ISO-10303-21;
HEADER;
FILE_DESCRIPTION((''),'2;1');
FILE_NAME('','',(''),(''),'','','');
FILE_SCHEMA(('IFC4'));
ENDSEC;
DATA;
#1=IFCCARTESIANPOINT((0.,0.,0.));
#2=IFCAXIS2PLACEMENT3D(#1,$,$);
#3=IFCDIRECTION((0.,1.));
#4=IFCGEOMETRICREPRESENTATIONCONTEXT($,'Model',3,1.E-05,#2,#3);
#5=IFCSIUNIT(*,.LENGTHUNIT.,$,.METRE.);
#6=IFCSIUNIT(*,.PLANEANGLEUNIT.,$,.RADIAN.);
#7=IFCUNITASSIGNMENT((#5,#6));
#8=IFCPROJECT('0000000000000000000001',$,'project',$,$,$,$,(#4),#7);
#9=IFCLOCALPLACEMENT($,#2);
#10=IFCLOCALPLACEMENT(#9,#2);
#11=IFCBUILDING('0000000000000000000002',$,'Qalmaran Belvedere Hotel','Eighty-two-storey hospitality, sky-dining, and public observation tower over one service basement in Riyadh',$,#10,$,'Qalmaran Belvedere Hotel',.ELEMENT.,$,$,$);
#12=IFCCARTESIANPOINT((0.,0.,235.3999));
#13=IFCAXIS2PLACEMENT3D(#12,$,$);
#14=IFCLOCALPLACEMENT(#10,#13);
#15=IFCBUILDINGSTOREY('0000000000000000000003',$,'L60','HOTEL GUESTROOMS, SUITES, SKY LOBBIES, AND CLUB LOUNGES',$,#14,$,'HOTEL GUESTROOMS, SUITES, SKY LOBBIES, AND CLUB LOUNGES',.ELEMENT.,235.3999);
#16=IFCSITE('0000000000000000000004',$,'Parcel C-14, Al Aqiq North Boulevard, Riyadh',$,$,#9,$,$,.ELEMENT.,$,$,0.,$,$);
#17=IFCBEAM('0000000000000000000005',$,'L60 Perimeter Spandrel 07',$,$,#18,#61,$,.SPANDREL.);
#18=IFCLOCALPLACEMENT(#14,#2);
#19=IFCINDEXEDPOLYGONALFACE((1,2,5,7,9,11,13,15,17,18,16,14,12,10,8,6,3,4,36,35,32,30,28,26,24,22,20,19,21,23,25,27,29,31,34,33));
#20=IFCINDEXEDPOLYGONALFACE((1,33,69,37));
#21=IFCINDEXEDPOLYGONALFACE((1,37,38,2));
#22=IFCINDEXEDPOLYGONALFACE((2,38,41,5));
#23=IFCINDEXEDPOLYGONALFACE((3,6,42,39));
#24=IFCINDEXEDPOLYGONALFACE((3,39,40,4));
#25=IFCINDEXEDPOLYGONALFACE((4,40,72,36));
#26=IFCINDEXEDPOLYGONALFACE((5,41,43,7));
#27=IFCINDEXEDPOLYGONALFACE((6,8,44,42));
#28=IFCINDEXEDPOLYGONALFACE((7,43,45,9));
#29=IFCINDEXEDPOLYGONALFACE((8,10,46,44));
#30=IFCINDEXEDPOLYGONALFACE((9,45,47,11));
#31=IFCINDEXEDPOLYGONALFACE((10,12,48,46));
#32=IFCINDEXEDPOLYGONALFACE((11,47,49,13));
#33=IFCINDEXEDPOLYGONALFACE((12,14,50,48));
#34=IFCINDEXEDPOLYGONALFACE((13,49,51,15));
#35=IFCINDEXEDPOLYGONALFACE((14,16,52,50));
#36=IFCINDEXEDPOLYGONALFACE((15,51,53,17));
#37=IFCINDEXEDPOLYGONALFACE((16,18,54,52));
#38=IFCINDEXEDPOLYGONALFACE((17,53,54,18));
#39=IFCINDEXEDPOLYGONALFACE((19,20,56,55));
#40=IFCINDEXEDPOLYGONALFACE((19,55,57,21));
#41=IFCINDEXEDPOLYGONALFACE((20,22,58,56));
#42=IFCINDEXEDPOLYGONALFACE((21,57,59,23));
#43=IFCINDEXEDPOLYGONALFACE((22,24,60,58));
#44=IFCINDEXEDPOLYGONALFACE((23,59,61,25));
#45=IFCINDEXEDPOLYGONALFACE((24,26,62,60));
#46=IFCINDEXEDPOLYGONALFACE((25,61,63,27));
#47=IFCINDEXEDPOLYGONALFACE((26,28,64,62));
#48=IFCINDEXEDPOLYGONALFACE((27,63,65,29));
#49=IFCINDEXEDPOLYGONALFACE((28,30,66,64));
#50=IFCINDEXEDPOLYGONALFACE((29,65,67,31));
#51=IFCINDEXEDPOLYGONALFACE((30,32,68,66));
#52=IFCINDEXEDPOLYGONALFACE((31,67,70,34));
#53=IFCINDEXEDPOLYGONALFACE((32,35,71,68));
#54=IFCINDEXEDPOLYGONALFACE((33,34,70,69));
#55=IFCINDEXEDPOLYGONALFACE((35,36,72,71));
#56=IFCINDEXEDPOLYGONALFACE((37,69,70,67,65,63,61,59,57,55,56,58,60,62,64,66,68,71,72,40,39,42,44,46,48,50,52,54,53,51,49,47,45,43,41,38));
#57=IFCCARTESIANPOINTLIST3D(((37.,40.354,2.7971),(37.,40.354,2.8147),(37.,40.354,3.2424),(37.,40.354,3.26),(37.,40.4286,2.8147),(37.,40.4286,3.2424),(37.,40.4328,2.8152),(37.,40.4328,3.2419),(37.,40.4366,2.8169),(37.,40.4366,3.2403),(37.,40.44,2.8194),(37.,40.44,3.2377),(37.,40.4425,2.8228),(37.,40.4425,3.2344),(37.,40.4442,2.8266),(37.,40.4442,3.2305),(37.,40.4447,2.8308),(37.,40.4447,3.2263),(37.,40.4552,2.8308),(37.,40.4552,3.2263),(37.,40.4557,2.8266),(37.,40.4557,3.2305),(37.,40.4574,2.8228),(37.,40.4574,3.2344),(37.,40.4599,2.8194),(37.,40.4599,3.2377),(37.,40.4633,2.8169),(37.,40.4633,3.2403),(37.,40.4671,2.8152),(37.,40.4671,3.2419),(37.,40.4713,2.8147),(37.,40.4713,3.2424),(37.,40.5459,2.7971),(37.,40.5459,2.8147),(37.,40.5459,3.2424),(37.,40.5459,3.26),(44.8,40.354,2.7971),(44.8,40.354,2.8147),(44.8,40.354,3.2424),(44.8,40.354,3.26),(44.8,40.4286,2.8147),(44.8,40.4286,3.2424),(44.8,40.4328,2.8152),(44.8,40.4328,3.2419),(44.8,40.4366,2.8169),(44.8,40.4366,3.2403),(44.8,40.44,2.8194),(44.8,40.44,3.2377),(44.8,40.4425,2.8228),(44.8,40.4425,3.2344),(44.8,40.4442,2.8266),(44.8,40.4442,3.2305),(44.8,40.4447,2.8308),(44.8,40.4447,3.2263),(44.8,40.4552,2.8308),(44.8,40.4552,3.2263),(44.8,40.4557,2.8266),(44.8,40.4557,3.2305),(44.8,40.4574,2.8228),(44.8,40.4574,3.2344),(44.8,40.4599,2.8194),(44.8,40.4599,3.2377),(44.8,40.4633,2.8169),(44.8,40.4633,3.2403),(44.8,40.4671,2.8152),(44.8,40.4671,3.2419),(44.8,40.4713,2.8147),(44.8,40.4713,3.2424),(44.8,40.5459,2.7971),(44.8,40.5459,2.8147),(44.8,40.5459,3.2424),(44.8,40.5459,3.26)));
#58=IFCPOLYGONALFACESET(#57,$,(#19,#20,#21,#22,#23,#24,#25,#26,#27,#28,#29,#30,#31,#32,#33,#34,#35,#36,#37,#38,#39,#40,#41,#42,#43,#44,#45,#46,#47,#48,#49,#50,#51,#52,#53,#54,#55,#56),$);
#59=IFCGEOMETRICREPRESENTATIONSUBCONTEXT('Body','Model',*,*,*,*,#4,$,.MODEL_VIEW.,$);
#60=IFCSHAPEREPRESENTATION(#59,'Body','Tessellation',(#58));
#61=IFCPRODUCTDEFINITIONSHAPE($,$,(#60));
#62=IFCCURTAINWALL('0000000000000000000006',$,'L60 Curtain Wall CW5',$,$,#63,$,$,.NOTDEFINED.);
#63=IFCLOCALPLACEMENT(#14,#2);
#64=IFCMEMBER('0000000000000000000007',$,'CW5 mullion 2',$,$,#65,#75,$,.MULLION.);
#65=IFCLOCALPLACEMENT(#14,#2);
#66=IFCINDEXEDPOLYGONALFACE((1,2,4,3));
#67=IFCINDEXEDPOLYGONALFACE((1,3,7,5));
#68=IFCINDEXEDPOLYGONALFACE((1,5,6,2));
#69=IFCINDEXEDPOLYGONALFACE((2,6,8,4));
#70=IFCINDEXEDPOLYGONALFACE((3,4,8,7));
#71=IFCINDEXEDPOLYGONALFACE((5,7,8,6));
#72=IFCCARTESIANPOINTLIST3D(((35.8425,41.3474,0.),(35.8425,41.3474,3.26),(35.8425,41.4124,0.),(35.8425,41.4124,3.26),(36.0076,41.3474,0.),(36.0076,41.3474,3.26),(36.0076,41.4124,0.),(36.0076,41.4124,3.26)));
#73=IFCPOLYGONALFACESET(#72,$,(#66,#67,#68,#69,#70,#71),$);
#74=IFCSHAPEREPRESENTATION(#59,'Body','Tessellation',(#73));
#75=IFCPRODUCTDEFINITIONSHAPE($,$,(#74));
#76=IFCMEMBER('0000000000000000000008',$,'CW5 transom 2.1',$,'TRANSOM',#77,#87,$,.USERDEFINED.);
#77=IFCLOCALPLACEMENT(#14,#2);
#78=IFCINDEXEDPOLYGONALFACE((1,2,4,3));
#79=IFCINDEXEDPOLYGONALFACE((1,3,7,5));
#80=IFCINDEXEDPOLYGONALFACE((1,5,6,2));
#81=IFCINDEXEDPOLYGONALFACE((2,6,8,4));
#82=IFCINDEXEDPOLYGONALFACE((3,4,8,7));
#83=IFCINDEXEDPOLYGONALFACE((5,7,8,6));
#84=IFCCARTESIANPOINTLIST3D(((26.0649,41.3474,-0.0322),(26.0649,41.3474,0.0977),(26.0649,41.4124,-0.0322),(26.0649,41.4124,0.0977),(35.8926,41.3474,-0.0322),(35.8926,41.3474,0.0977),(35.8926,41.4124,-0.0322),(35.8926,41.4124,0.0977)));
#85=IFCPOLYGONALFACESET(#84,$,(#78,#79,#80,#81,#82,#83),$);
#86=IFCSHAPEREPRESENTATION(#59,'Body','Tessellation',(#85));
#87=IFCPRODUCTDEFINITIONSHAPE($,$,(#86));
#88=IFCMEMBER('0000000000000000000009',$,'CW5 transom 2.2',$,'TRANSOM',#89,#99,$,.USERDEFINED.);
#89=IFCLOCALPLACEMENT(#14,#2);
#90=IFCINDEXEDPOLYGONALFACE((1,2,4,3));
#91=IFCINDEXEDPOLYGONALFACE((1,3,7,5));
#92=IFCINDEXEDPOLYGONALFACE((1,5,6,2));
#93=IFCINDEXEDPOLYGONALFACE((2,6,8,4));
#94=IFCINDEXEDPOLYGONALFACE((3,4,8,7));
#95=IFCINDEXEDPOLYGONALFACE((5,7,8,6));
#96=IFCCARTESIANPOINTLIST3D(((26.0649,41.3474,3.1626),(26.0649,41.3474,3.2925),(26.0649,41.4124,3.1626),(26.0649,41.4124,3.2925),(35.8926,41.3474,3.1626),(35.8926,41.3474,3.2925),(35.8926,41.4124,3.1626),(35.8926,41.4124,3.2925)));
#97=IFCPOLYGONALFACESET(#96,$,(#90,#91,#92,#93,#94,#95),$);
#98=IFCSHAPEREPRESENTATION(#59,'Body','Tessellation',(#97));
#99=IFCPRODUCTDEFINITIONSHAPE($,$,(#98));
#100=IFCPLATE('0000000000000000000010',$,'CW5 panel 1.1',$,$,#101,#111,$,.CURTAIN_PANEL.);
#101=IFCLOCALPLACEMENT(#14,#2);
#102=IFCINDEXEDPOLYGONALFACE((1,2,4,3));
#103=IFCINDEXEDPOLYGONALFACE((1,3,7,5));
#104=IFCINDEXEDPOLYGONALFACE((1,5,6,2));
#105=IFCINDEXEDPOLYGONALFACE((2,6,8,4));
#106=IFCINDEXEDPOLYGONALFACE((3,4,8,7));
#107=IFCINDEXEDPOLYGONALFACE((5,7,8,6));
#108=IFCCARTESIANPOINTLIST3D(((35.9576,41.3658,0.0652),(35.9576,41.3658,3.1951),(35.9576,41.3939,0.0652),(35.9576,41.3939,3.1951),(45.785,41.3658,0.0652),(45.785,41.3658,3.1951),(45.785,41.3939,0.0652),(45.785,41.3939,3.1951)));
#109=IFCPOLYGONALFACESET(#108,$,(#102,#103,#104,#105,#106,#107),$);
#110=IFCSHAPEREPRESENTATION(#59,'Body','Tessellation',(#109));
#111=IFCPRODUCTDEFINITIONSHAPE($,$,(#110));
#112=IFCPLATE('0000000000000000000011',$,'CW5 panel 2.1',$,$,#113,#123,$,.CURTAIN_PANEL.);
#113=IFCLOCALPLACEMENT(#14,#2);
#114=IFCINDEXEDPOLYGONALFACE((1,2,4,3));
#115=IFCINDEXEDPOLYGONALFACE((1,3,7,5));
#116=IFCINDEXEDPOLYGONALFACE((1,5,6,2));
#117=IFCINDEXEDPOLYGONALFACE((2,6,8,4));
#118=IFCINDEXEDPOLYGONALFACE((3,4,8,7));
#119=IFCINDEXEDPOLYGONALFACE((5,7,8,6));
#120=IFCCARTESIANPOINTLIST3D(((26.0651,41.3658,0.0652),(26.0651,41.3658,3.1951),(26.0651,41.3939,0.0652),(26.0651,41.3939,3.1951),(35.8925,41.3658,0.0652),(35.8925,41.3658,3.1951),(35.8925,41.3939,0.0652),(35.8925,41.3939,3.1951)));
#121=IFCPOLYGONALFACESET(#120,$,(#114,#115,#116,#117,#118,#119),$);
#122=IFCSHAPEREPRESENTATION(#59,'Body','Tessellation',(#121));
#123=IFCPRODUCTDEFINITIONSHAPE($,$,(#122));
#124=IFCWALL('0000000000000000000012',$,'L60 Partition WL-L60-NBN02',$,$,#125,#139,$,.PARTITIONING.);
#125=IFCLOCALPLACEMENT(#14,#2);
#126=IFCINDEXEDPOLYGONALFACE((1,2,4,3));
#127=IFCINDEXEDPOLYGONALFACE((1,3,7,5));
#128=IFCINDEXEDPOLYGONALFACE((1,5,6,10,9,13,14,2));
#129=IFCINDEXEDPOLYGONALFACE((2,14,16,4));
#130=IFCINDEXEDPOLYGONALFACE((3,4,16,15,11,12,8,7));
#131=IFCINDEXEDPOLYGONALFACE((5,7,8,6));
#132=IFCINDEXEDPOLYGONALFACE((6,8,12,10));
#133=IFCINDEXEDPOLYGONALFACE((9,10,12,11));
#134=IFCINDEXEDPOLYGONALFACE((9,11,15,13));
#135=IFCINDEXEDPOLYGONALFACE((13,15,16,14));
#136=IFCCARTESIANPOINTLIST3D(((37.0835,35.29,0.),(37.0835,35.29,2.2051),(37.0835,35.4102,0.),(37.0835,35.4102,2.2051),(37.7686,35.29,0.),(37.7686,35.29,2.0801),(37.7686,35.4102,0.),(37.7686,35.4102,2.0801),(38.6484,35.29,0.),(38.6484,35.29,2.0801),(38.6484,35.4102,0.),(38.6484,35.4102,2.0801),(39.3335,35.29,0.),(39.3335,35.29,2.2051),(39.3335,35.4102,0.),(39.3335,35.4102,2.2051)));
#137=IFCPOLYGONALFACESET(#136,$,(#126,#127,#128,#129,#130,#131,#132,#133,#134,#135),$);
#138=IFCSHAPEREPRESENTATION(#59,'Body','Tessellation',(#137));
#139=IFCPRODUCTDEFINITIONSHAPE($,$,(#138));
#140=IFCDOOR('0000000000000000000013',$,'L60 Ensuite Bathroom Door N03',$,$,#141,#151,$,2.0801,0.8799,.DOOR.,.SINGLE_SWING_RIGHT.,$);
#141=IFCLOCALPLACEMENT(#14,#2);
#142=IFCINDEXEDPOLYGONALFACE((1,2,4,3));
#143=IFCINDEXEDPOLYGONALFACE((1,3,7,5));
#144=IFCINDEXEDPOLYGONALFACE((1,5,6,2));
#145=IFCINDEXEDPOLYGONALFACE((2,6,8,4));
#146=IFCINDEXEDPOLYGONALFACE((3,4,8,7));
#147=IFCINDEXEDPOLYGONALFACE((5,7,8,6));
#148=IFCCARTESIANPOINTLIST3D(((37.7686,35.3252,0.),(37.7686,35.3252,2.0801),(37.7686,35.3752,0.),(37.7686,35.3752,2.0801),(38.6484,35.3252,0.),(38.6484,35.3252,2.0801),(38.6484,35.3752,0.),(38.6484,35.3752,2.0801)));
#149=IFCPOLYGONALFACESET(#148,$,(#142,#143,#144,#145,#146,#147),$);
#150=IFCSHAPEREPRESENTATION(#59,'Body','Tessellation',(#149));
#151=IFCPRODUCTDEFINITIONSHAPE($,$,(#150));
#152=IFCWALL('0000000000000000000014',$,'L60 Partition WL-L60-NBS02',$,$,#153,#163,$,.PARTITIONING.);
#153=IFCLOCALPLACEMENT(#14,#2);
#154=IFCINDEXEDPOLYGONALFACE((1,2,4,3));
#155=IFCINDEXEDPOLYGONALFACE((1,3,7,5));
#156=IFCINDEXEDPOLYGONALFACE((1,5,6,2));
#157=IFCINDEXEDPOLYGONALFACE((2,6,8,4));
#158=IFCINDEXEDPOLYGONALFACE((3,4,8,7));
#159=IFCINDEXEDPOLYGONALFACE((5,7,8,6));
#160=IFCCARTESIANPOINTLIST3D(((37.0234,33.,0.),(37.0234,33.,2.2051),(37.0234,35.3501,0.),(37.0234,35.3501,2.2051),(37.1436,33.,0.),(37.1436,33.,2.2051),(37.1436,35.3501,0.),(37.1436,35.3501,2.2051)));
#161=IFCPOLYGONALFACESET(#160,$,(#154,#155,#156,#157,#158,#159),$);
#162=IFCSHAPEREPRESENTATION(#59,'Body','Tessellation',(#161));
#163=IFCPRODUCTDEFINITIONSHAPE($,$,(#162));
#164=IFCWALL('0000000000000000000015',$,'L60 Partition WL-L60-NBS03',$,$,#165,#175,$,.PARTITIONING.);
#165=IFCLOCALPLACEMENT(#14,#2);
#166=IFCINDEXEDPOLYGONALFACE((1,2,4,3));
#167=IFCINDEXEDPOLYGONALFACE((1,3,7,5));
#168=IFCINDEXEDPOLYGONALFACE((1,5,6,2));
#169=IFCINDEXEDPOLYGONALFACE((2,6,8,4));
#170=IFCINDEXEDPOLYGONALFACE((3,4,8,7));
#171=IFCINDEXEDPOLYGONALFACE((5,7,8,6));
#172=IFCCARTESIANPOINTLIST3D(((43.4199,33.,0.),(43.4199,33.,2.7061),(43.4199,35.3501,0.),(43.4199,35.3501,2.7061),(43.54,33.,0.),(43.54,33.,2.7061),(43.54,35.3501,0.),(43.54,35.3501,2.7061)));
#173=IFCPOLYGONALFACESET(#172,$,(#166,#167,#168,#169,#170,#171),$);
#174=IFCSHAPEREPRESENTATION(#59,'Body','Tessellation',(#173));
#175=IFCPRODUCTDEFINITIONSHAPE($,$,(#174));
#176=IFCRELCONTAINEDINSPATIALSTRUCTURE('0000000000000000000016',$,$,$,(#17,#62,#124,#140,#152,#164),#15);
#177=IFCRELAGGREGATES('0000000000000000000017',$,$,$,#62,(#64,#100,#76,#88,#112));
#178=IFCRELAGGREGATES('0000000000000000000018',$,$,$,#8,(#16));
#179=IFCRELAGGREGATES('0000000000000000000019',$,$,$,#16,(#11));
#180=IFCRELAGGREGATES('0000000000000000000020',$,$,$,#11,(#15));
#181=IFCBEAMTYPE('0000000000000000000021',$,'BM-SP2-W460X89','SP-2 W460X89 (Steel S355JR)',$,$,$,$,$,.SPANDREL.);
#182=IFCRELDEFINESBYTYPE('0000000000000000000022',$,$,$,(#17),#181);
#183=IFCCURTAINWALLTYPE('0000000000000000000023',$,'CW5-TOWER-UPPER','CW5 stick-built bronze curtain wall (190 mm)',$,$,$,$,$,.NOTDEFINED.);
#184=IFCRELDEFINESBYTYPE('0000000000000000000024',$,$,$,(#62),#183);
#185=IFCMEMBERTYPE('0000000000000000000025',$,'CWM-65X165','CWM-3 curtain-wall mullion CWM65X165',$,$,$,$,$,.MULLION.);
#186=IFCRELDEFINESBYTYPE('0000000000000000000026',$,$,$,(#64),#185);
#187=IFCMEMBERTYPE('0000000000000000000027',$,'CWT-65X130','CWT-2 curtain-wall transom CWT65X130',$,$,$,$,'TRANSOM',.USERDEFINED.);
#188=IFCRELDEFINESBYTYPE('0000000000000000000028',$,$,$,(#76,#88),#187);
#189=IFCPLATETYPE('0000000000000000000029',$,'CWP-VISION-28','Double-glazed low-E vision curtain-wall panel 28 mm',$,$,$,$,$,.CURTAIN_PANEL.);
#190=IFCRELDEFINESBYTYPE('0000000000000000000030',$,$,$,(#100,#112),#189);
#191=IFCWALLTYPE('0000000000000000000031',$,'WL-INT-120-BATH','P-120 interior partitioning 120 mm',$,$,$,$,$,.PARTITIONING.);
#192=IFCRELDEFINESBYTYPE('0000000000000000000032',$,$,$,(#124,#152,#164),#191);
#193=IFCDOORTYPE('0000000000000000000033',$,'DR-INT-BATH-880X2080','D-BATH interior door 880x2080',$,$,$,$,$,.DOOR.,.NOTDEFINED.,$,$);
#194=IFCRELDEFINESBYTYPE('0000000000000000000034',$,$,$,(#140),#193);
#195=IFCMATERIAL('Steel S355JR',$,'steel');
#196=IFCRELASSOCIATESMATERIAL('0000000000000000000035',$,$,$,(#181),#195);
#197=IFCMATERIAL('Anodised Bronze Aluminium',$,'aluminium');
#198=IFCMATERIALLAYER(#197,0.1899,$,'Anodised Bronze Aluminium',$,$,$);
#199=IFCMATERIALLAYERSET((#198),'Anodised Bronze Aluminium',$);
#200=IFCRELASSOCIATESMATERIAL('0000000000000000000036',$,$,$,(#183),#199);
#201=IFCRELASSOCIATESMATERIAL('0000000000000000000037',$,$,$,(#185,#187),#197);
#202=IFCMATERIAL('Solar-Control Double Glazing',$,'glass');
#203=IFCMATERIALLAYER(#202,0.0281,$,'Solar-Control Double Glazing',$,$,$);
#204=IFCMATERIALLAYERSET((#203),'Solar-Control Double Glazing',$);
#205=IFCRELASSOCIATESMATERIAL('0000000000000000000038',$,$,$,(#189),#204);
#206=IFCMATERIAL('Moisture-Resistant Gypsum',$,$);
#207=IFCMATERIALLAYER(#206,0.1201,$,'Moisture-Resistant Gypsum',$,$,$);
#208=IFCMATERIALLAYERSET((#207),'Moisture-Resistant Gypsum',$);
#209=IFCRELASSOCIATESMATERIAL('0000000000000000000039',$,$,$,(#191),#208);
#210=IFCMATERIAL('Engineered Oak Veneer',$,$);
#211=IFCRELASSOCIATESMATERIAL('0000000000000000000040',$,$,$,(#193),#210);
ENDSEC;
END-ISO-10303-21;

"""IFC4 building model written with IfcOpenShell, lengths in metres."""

from ifc_helpers import new_model, si_unit, direction, frame, frame_2d, origin, origin_2d, place, context, subcontext, project, spatial, rectangle, i_section, extrude, material, layer, layer_set, material_profile, profile_set, type_object, element, fill, aggregate, save


model = new_model("IFC4")

# Units and contexts
model_context = context("Model", 3, precision=1e-05, world=origin(), true_north=direction((0.0, 1.0)))
body_context = subcontext(model_context, "Body", "Model", "MODEL_VIEW")
ifc_project = project(units=[si_unit("LENGTHUNIT", "METRE"), si_unit("PLANEANGLEUNIT", "RADIAN")], contexts=[model_context])

# Site, building, storey
site_placement = place(None, origin())
site = spatial("IfcSite", under=ifc_project, at=site_placement, Name="Parcel C-14, Al Aqiq North Boulevard, Riyadh", CompositionType="ELEMENT", RefElevation=0.0)
building_placement = place(site_placement, origin())
building = spatial("IfcBuilding", under=site, at=building_placement, Name="Qalmaran Belvedere Hotel", Description="Eighty-two-storey hospitality, sky-dining, and public observation tower over one service basement in Riyadh", LongName="Qalmaran Belvedere Hotel", CompositionType="ELEMENT")
storey_placement = place(building_placement, frame((0.0, 0.0, 235.3999)))
storey = spatial("IfcBuildingStorey", under=building, at=storey_placement, Name="L60", Description="HOTEL GUESTROOMS, SUITES, SKY LOBBIES, AND CLUB LOUNGES", LongName="HOTEL GUESTROOMS, SUITES, SKY LOBBIES, AND CLUB LOUNGES", CompositionType="ELEMENT", Elevation=235.3999)

# Beam
ifc_material_1 = material(Name="Steel S355JR", Category="steel")
ifc_material_profile_1 = material_profile(ifc_material_1, i_section(OverallWidth=0.1919, OverallDepth=0.4629, WebThickness=0.0105, FlangeThickness=0.0176, FilletRadius=0.0161, at=origin_2d()), Name="W460X89")
ifc_profile_set_1 = profile_set([ifc_material_profile_1], Name="Steel S355JR")
beam_type_1 = type_object("IfcBeamType", Name="BM-SP2-W460X89", Description="SP-2 W460X89 (Steel S355JR)", PredefinedType="SPANDREL", material=ifc_profile_set_1)
for number, where, z_axis, x_axis, name in (
    (1, (37.0, 40.45, 3.0286), (1.0, 0.0, 0.0), (0.0, 1.0, 0.0), "L60 Perimeter Spandrel 07"),
):
    element("IfcBeam", number, at=place(storey_placement, frame(where, z_axis=z_axis, x_axis=x_axis)), inside=storey, type_object=beam_type_1, Name=name, PredefinedType="SPANDREL", context=body_context, shape_type="SweptSolid", body=[
        extrude(i_section(OverallWidth=0.1919, OverallDepth=0.4629, WebThickness=0.0105, FlangeThickness=0.0176, FilletRadius=0.0161, at=origin_2d()), origin(), (0.0, 0.0, 1.0), 7.8),
    ])

# Curtain wall, members, plates
ifc_material_2 = material(Name="Anodised Bronze Aluminium", Category="aluminium")
ifc_layer_1 = layer(ifc_material_2, 0.1899, Name="Anodised Bronze Aluminium")
ifc_layer_set_1 = layer_set([ifc_layer_1], Name="Anodised Bronze Aluminium")
curtain_wall_type = type_object("IfcCurtainWallType", Name="CW5-TOWER-UPPER", Description="CW5 stick-built bronze curtain wall (190 mm)", PredefinedType="NOTDEFINED", material=ifc_layer_set_1)
curtain_wall_placement = place(storey_placement, origin())
curtain_wall = element("IfcCurtainWall", 2, at=curtain_wall_placement, inside=storey, type_object=curtain_wall_type, Name="L60 Curtain Wall CW5", PredefinedType="NOTDEFINED")
ifc_material_profile_2 = material_profile(ifc_material_2, rectangle(XDim=0.0649, YDim=0.165, at=origin_2d()), Name="CWM65X165")
ifc_profile_set_2 = profile_set([ifc_material_profile_2], Name="Anodised Bronze Aluminium")
member_type_1 = type_object("IfcMemberType", Name="CWM-65X165", Description="CWM-3 curtain-wall mullion CWM65X165", PredefinedType="MULLION", material=ifc_profile_set_2)
member_1_placement = place(storey_placement, frame((35.925, 41.3799, 0.0), z_axis=(0.0, 0.0, 1.0), x_axis=(0.0, -1.0, 0.0)))
member_1 = element("IfcMember", 3, at=member_1_placement, type_object=member_type_1, Name="CW5 mullion 2", PredefinedType="MULLION", context=body_context, shape_type="SweptSolid", body=[
    extrude(rectangle(XDim=0.0649, YDim=0.165, at=origin_2d()), origin(), (0.0, 0.0, 1.0), 3.26),
])
ifc_material_profile_3 = material_profile(ifc_material_2, rectangle(XDim=0.0649, YDim=0.1299, at=origin_2d()), Name="CWT65X130")
ifc_profile_set_3 = profile_set([ifc_material_profile_3], Name="Anodised Bronze Aluminium")
member_type_2 = type_object("IfcMemberType", Name="CWT-65X130", Description="CWT-2 curtain-wall transom CWT65X130", ElementType="TRANSOM", PredefinedType="USERDEFINED", material=ifc_profile_set_3)
member_2_placement = place(storey_placement, frame((35.8926, 41.3799, 0.0327), z_axis=(-1.0, 0.0, 0.0), x_axis=(0.0, -1.0, 0.0)))
member_2 = element("IfcMember", 4, at=member_2_placement, type_object=member_type_2, Name="CW5 transom 2.1", ObjectType="TRANSOM", PredefinedType="USERDEFINED", context=body_context, shape_type="SweptSolid", body=[
    extrude(rectangle(XDim=0.0649, YDim=0.1299, at=origin_2d()), origin(), (0.0, 0.0, 1.0), 9.8276),
])
member_3_placement = place(storey_placement, frame((35.8926, 41.3799, 3.2275), z_axis=(-1.0, 0.0, 0.0), x_axis=(0.0, -1.0, 0.0)))
member_3 = element("IfcMember", 5, at=member_3_placement, type_object=member_type_2, Name="CW5 transom 2.2", ObjectType="TRANSOM", PredefinedType="USERDEFINED", context=body_context, shape_type="SweptSolid", body=[
    extrude(rectangle(XDim=0.0649, YDim=0.1299, at=origin_2d()), origin(), (0.0, 0.0, 1.0), 9.8276),
])
ifc_material_3 = material(Name="Solar-Control Double Glazing", Category="glass")
ifc_layer_2 = layer(ifc_material_3, 0.0281, Name="Solar-Control Double Glazing")
ifc_layer_set_2 = layer_set([ifc_layer_2], Name="Solar-Control Double Glazing")
plate_type = type_object("IfcPlateType", Name="CWP-VISION-28", Description="Double-glazed low-E vision curtain-wall panel 28 mm", PredefinedType="CURTAIN_PANEL", material=ifc_layer_set_2)
plate_1_placement = place(storey_placement, frame((40.8713, 41.3799, 0.0652), z_axis=(0.0, 0.0, 1.0), x_axis=(-1.0, 0.0, 0.0)))
plate_1 = element("IfcPlate", 6, at=plate_1_placement, type_object=plate_type, Name="CW5 panel 1.1", PredefinedType="CURTAIN_PANEL", context=body_context, shape_type="SweptSolid", body=[
    extrude(rectangle(XDim=9.8274, YDim=0.0281, at=origin_2d()), origin(), (0.0, 0.0, 1.0), 3.1299),
])
plate_2_placement = place(storey_placement, frame((30.9788, 41.3799, 0.0652), z_axis=(0.0, 0.0, 1.0), x_axis=(-1.0, 0.0, 0.0)))
plate_2 = element("IfcPlate", 7, at=plate_2_placement, type_object=plate_type, Name="CW5 panel 2.1", PredefinedType="CURTAIN_PANEL", context=body_context, shape_type="SweptSolid", body=[
    extrude(rectangle(XDim=9.8274, YDim=0.0281, at=origin_2d()), origin(), (0.0, 0.0, 1.0), 3.1299),
])
aggregate(curtain_wall, [member_1, plate_1, member_2, member_3, plate_2])

# Wall, opening, door
ifc_material_4 = material(Name="Moisture-Resistant Gypsum")
ifc_layer_3 = layer(ifc_material_4, 0.1201, Name="Moisture-Resistant Gypsum")
ifc_layer_set_3 = layer_set([ifc_layer_3], Name="Moisture-Resistant Gypsum")
wall_type_1 = type_object("IfcWallType", Name="WL-INT-120-BATH", Description="P-120 interior partitioning 120 mm", PredefinedType="PARTITIONING", material=ifc_layer_set_3)
wall_1_placement = place(storey_placement, frame((37.0835, 35.3501, 0.0), z_axis=(0.0, 0.0, 1.0), x_axis=(1.0, 0.0, 0.0)))
wall_1 = element("IfcWall", 8, at=wall_1_placement, inside=storey, type_object=wall_type_1, Name="L60 Partition WL-L60-NBN02", PredefinedType="PARTITIONING", context=body_context, shape_type="SweptSolid", body=[
    extrude(rectangle(XDim=2.25, YDim=0.1201, at=frame_2d((1.125, 0.0))), origin(), (0.0, 0.0, 1.0), 2.2051),
])
opening_1_placement = place(wall_1_placement, frame((1.5649, 0.0, 0.0), z_axis=(0.0, 0.0, 1.0), x_axis=(-1.0, 0.0, 0.0)))
opening_1 = element("IfcOpeningElement", 9, at=opening_1_placement, cuts=wall_1, PredefinedType="OPENING", context=body_context, shape_type="SweptSolid", body=[
    extrude(rectangle(XDim=0.8799, YDim=2.0801, at=frame_2d((0.4399, 1.04))), frame((0.0, 0.0701, 0.0), z_axis=(0.0, -1.0, 0.0), x_axis=(1.0, 0.0, 0.0)), (0.0, 0.0, 1.0), 0.1401),
])
ifc_material_5 = material(Name="Engineered Oak Veneer")
door_type_1 = type_object("IfcDoorType", Name="DR-INT-BATH-880X2080", Description="D-BATH interior door 880x2080", OperationType="NOTDEFINED", PredefinedType="DOOR", material=ifc_material_5)
door_1_placement = place(opening_1_placement, origin())
door_1 = element("IfcDoor", 10, at=door_1_placement, inside=storey, type_object=door_type_1, Name="L60 Ensuite Bathroom Door N03", OperationType="SINGLE_SWING_RIGHT", OverallHeight=2.0801, OverallWidth=0.8799, PredefinedType="DOOR", context=body_context, shape_type="SweptSolid", body=[
    extrude(rectangle(XDim=0.8799, YDim=2.0801, at=frame_2d((0.4399, 1.04))), frame((0.0, 0.0249, 0.0), z_axis=(0.0, -1.0, 0.0), x_axis=(1.0, 0.0, 0.0)), (0.0, 0.0, 1.0), 0.05),
])
fill(opening_1, door_1)

# Walls
wall_2_placement = place(storey_placement, frame((37.0835, 33.0, 0.0), z_axis=(0.0, 0.0, 1.0), x_axis=(0.0, 1.0, 0.0)))
element("IfcWall", 11, at=wall_2_placement, inside=storey, type_object=wall_type_1, Name="L60 Partition WL-L60-NBS02", PredefinedType="PARTITIONING", context=body_context, shape_type="SweptSolid", body=[
    extrude(rectangle(XDim=2.3501, YDim=0.1201, at=frame_2d((1.175, 0.0))), origin(), (0.0, 0.0, 1.0), 2.2051),
])
wall_3_placement = place(storey_placement, frame((43.48, 33.0, 0.0), z_axis=(0.0, 0.0, 1.0), x_axis=(0.0, 1.0, 0.0)))
element("IfcWall", 12, at=wall_3_placement, inside=storey, type_object=wall_type_1, Name="L60 Partition WL-L60-NBS03", PredefinedType="PARTITIONING", context=body_context, shape_type="SweptSolid", body=[
    extrude(rectangle(XDim=2.3501, YDim=0.1201, at=frame_2d((1.175, 0.0))), origin(), (0.0, 0.0, 1.0), 2.7061),
])

save(model, "model.ifc")
